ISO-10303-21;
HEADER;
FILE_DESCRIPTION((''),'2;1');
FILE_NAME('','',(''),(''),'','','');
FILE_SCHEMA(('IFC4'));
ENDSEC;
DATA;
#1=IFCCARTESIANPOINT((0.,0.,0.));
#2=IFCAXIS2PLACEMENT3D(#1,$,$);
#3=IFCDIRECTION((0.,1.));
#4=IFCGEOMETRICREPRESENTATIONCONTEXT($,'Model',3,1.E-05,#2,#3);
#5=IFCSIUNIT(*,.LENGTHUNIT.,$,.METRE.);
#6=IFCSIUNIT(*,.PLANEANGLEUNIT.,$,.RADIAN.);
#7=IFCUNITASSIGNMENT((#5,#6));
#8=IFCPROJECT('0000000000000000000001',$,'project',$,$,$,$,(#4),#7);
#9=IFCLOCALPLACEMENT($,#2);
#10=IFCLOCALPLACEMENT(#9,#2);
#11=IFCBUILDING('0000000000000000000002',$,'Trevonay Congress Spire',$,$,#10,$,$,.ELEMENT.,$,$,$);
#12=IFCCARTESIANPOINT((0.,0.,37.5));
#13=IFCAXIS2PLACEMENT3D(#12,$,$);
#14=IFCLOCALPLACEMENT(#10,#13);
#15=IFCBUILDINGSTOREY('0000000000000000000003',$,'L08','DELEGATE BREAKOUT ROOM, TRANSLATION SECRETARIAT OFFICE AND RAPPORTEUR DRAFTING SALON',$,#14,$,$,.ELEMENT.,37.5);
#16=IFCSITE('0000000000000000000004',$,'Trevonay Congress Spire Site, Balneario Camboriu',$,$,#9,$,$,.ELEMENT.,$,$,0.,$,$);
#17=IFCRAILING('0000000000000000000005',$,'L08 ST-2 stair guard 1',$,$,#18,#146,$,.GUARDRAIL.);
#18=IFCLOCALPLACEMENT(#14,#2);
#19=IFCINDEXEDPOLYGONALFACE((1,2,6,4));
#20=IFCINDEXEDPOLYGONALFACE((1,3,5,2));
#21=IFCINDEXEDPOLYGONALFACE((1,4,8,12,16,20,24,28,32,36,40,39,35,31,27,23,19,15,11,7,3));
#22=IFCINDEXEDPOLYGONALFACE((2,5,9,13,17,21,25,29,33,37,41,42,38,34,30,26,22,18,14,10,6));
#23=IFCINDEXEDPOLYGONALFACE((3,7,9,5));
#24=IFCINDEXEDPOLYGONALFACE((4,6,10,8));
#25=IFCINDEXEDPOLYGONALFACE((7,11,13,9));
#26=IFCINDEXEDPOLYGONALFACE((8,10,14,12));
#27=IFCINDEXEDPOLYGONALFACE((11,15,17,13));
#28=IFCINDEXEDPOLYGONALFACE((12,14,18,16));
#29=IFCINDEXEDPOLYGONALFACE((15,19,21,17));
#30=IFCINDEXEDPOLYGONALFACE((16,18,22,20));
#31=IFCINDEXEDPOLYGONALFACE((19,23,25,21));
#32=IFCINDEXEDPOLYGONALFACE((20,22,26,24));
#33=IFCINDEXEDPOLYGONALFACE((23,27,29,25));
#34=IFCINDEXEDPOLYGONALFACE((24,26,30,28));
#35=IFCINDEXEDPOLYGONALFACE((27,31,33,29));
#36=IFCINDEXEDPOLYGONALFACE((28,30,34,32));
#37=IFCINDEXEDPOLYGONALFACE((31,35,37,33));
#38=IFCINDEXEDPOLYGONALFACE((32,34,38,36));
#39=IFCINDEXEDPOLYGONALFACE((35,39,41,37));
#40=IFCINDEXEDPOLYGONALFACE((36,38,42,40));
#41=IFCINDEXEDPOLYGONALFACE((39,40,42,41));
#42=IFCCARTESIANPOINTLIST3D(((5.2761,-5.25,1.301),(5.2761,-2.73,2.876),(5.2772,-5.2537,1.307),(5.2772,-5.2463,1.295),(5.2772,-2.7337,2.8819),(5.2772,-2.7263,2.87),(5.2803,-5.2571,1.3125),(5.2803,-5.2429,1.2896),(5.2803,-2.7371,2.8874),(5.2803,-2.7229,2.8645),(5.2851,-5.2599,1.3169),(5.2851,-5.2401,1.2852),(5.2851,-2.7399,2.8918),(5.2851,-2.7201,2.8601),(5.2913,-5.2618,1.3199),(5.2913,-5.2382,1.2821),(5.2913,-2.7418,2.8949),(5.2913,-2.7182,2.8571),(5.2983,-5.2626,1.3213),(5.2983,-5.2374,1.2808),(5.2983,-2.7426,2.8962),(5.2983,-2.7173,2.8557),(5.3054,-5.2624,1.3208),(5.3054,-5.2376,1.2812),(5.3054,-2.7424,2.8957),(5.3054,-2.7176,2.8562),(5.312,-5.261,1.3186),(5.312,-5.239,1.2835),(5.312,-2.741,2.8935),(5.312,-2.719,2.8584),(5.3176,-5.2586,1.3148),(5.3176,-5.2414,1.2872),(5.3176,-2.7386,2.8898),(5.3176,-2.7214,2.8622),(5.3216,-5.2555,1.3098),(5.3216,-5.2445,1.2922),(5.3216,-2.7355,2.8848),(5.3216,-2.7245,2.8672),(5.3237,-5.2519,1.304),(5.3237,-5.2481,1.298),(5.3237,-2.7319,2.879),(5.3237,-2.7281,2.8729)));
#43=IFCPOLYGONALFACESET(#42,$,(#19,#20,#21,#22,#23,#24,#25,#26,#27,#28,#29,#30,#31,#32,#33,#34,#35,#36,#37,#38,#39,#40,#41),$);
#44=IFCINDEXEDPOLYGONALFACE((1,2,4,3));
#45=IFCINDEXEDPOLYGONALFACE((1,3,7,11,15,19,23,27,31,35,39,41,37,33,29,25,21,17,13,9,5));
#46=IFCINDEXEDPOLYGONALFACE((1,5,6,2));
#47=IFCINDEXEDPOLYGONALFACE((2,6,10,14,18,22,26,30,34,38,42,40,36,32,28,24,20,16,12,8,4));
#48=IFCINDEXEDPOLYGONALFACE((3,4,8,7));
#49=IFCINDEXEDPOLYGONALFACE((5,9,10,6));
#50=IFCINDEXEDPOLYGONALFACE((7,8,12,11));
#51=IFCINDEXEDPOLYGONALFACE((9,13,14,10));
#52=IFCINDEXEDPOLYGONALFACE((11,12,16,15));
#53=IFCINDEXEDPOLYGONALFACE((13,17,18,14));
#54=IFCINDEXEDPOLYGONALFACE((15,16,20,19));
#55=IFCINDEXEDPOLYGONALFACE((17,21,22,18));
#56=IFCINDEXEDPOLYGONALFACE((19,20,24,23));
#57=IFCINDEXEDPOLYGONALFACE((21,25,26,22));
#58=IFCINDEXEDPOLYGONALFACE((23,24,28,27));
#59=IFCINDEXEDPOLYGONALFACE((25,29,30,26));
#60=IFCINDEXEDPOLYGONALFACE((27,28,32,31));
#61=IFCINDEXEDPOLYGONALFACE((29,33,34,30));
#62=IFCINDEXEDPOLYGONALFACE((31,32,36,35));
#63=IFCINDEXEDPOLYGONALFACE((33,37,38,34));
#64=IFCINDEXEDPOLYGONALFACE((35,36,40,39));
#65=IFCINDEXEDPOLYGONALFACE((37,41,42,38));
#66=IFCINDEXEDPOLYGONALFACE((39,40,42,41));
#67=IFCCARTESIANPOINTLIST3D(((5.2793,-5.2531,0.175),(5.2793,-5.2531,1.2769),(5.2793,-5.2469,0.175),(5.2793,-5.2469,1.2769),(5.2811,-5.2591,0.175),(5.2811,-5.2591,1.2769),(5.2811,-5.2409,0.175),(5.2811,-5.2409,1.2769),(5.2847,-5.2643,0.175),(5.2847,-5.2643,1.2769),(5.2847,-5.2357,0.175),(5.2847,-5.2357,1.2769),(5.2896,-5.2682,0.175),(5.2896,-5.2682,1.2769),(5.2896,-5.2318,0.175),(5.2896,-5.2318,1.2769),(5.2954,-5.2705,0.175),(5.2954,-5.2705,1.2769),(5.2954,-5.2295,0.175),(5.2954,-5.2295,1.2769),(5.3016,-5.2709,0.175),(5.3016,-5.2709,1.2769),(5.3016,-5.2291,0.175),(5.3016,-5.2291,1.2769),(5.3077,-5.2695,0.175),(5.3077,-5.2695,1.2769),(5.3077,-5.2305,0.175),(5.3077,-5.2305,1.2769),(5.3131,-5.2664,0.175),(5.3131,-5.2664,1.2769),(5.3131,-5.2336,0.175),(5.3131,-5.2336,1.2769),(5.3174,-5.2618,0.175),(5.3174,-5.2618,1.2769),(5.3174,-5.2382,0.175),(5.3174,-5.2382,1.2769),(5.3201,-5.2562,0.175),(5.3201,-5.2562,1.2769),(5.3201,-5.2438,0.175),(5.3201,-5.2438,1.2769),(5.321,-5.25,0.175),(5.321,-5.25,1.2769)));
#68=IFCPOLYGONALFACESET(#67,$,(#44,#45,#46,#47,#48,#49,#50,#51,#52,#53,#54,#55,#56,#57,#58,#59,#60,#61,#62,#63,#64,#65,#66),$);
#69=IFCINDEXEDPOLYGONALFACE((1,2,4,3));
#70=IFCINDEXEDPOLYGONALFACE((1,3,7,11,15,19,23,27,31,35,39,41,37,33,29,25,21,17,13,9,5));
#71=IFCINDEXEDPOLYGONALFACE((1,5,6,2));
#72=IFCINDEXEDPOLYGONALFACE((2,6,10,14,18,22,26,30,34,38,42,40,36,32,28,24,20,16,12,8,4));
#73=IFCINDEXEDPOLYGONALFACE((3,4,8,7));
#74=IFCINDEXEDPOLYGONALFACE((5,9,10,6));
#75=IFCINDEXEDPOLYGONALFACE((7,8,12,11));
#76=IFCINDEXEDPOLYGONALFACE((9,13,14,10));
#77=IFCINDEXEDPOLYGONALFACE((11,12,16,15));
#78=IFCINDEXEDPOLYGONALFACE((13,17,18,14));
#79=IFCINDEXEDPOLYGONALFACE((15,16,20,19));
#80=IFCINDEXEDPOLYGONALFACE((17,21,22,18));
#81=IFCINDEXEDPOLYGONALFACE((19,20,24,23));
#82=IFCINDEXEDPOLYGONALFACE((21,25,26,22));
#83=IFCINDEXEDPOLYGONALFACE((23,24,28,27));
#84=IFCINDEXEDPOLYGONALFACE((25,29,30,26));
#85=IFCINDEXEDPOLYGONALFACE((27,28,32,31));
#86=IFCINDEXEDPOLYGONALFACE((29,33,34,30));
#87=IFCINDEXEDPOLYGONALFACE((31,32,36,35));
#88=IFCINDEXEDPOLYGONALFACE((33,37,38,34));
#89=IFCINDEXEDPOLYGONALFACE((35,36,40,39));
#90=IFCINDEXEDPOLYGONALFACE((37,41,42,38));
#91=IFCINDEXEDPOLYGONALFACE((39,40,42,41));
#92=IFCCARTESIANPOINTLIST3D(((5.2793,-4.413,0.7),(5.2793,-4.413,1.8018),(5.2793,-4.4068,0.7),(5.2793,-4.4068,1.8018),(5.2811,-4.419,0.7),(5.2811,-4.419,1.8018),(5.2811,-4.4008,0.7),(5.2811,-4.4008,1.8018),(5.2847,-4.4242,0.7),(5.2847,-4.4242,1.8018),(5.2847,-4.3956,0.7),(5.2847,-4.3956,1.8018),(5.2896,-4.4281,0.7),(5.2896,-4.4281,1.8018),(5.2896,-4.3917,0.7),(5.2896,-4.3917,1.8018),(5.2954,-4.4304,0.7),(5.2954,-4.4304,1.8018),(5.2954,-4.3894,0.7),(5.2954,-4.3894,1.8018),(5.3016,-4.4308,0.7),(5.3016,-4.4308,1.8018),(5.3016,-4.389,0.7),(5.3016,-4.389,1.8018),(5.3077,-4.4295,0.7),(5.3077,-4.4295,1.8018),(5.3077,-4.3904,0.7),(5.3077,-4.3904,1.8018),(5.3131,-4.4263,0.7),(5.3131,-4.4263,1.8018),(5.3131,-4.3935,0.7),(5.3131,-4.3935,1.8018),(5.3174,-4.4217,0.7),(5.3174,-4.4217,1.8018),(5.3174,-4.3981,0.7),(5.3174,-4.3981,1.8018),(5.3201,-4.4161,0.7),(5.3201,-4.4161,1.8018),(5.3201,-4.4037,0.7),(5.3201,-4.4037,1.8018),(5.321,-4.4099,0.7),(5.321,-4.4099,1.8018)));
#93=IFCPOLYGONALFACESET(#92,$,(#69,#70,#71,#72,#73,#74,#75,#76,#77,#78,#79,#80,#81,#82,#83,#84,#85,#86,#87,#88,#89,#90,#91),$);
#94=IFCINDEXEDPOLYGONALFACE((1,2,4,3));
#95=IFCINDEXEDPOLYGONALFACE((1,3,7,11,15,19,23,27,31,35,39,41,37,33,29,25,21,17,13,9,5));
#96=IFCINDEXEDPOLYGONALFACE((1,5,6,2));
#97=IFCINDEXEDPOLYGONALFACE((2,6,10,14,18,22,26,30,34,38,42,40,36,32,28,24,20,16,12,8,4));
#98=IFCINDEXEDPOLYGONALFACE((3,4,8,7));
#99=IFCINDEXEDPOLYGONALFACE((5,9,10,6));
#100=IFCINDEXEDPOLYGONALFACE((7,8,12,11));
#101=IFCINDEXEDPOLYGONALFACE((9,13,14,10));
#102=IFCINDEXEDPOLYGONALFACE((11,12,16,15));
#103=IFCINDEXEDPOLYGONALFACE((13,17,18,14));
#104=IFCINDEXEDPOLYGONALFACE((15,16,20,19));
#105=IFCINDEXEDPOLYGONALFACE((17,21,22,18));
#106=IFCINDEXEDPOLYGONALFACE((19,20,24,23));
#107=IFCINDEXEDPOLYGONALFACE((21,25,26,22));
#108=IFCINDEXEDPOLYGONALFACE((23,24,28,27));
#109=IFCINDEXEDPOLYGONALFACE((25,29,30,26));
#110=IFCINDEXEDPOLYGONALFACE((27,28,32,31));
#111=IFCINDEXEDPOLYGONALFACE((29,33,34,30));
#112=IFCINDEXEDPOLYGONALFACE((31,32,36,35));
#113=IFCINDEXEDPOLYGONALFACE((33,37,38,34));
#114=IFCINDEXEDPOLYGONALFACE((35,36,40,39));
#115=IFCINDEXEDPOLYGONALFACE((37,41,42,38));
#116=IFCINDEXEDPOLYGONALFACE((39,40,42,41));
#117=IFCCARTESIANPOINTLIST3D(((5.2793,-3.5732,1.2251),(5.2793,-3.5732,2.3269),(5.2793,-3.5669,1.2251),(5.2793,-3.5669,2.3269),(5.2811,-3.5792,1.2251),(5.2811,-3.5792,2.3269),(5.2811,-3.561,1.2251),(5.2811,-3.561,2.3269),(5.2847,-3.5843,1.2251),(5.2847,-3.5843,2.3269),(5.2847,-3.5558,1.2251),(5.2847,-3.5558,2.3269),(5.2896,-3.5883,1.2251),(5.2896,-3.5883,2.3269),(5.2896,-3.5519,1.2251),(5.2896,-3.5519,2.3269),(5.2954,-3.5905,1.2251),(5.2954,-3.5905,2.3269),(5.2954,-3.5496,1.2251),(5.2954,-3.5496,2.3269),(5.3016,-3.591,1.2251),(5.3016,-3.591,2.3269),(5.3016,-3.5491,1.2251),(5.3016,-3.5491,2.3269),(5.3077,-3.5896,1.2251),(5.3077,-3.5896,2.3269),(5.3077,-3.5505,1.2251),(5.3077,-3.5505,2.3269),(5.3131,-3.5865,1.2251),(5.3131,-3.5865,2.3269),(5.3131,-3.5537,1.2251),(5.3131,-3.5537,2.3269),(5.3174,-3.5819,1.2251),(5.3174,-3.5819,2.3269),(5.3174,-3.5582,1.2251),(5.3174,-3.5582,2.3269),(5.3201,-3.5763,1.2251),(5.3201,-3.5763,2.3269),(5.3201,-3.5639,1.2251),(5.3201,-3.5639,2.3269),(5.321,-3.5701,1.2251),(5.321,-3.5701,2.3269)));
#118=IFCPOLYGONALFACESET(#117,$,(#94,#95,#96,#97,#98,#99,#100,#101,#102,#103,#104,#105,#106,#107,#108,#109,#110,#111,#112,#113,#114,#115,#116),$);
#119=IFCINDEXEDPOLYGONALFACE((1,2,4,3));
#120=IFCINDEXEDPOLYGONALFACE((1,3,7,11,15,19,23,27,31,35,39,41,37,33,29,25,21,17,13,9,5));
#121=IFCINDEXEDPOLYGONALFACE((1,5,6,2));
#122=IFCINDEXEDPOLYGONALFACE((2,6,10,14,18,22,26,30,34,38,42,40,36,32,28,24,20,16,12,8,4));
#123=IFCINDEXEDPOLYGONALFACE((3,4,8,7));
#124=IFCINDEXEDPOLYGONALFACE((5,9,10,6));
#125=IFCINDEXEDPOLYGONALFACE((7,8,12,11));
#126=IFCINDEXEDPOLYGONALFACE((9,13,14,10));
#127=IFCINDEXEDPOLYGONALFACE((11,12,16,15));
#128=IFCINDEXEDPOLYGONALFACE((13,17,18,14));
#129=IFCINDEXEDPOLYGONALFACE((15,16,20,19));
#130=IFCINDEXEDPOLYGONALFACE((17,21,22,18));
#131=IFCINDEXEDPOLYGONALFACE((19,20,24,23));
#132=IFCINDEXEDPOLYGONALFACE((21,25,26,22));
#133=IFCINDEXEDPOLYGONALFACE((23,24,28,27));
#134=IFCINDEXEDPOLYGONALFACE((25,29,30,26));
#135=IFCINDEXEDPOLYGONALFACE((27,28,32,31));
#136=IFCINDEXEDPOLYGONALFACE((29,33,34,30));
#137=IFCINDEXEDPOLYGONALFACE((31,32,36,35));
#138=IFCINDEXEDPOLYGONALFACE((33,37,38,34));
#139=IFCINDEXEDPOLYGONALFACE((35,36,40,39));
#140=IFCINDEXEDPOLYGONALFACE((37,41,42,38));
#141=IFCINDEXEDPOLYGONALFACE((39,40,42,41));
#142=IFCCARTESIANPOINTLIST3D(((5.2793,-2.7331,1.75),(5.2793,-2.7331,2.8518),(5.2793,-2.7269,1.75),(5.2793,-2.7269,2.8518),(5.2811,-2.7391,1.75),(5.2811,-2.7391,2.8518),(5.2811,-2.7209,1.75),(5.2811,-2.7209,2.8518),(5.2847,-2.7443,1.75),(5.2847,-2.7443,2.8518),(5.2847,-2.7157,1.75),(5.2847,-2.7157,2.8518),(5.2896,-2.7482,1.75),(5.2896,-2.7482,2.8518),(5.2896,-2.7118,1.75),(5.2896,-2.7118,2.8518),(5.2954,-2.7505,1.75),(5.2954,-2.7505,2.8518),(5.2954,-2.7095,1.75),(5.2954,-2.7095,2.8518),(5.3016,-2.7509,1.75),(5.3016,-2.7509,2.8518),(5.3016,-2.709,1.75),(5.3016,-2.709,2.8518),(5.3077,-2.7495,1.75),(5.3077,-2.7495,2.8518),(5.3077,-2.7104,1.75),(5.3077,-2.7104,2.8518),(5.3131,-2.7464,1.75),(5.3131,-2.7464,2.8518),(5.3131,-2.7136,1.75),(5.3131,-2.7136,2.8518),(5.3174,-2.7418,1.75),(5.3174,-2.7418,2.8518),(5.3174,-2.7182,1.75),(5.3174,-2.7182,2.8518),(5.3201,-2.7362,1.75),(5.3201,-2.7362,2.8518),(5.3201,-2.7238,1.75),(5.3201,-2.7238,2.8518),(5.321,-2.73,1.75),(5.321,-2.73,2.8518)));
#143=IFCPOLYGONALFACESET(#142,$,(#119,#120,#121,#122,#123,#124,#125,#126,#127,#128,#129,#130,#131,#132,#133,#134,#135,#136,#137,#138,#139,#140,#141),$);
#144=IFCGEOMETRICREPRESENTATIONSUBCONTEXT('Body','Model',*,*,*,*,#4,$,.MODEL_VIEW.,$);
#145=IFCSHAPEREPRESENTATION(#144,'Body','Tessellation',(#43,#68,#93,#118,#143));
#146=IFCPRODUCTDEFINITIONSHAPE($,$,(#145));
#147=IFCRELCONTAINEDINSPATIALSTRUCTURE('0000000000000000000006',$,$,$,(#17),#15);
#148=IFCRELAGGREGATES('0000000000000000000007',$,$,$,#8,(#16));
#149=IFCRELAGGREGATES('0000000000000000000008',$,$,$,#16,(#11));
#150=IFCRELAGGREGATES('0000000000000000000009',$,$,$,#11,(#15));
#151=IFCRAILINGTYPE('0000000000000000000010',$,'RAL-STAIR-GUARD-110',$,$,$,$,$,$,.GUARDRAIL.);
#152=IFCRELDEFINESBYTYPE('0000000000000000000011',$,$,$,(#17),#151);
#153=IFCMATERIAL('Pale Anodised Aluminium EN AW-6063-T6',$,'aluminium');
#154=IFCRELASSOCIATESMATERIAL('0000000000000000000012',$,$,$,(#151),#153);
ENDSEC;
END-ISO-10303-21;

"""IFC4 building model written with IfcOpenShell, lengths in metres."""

from ifc_helpers import new_model, si_unit, direction, frame, origin, origin_2d, place, context, subcontext, project, spatial, circle, extrude, material, type_object, element, save


model = new_model("IFC4")

# Units and contexts
model_context = context("Model", 3, precision=1e-05, world=origin(), true_north=direction((0.0, 1.0)))
body_context = subcontext(model_context, "Body", "Model", "MODEL_VIEW")
ifc_project = project(units=[si_unit("LENGTHUNIT", "METRE"), si_unit("PLANEANGLEUNIT", "RADIAN")], contexts=[model_context])

# Site, building, storey
site_placement = place(None, origin())
site = spatial("IfcSite", under=ifc_project, at=site_placement, Name="Trevonay Congress Spire Site, Balneario Camboriu", CompositionType="ELEMENT", RefElevation=0.0)
building_placement = place(site_placement, origin())
building = spatial("IfcBuilding", under=site, at=building_placement, Name="Trevonay Congress Spire", CompositionType="ELEMENT")
storey_placement = place(building_placement, frame((0.0, 0.0, 37.5)))
storey = spatial("IfcBuildingStorey", under=building, at=storey_placement, Name="L08", Description="DELEGATE BREAKOUT ROOM, TRANSLATION SECRETARIAT OFFICE AND RAPPORTEUR DRAFTING SALON", CompositionType="ELEMENT", Elevation=37.5)

# Shared definitions
ifc_material_1 = material(Name="Pale Anodised Aluminium EN AW-6063-T6", Category="aluminium")

# Railing
railing_type_1 = type_object("IfcRailingType", Name="RAL-STAIR-GUARD-110", PredefinedType="GUARDRAIL", material=ifc_material_1)
railing_1_placement = place(storey_placement, frame((5.3, -5.25, 0.175)))
element("IfcRailing", 1, at=railing_1_placement, inside=storey, type_object=railing_type_1, Name="L08 ST-2 stair guard 1", PredefinedType="GUARDRAIL", context=body_context, shape_type="SweptSolid", body=[
    extrude(circle(Radius=0.0239, at=origin_2d()), frame((0.0, 0.0, 1.126), z_axis=(0.0, 0.848008, 0.529984), x_axis=(-1.0, 0.0, 0.0)), (0.0, 0.0, 1.0), 2.9717),
    extrude(circle(Radius=0.021, at=origin_2d()), origin(), (0.0, 0.0, 1.0), 1.1018),
    extrude(circle(Radius=0.021, at=origin_2d()), frame((0.0, 0.8401, 0.5249)), (0.0, 0.0, 1.0), 1.1018),
    extrude(circle(Radius=0.021, at=origin_2d()), frame((0.0, 1.6799, 1.05)), (0.0, 0.0, 1.0), 1.1018),
    extrude(circle(Radius=0.021, at=origin_2d()), frame((0.0, 2.52, 1.575)), (0.0, 0.0, 1.0), 1.1018),
])

save(model, "model.ifc")
